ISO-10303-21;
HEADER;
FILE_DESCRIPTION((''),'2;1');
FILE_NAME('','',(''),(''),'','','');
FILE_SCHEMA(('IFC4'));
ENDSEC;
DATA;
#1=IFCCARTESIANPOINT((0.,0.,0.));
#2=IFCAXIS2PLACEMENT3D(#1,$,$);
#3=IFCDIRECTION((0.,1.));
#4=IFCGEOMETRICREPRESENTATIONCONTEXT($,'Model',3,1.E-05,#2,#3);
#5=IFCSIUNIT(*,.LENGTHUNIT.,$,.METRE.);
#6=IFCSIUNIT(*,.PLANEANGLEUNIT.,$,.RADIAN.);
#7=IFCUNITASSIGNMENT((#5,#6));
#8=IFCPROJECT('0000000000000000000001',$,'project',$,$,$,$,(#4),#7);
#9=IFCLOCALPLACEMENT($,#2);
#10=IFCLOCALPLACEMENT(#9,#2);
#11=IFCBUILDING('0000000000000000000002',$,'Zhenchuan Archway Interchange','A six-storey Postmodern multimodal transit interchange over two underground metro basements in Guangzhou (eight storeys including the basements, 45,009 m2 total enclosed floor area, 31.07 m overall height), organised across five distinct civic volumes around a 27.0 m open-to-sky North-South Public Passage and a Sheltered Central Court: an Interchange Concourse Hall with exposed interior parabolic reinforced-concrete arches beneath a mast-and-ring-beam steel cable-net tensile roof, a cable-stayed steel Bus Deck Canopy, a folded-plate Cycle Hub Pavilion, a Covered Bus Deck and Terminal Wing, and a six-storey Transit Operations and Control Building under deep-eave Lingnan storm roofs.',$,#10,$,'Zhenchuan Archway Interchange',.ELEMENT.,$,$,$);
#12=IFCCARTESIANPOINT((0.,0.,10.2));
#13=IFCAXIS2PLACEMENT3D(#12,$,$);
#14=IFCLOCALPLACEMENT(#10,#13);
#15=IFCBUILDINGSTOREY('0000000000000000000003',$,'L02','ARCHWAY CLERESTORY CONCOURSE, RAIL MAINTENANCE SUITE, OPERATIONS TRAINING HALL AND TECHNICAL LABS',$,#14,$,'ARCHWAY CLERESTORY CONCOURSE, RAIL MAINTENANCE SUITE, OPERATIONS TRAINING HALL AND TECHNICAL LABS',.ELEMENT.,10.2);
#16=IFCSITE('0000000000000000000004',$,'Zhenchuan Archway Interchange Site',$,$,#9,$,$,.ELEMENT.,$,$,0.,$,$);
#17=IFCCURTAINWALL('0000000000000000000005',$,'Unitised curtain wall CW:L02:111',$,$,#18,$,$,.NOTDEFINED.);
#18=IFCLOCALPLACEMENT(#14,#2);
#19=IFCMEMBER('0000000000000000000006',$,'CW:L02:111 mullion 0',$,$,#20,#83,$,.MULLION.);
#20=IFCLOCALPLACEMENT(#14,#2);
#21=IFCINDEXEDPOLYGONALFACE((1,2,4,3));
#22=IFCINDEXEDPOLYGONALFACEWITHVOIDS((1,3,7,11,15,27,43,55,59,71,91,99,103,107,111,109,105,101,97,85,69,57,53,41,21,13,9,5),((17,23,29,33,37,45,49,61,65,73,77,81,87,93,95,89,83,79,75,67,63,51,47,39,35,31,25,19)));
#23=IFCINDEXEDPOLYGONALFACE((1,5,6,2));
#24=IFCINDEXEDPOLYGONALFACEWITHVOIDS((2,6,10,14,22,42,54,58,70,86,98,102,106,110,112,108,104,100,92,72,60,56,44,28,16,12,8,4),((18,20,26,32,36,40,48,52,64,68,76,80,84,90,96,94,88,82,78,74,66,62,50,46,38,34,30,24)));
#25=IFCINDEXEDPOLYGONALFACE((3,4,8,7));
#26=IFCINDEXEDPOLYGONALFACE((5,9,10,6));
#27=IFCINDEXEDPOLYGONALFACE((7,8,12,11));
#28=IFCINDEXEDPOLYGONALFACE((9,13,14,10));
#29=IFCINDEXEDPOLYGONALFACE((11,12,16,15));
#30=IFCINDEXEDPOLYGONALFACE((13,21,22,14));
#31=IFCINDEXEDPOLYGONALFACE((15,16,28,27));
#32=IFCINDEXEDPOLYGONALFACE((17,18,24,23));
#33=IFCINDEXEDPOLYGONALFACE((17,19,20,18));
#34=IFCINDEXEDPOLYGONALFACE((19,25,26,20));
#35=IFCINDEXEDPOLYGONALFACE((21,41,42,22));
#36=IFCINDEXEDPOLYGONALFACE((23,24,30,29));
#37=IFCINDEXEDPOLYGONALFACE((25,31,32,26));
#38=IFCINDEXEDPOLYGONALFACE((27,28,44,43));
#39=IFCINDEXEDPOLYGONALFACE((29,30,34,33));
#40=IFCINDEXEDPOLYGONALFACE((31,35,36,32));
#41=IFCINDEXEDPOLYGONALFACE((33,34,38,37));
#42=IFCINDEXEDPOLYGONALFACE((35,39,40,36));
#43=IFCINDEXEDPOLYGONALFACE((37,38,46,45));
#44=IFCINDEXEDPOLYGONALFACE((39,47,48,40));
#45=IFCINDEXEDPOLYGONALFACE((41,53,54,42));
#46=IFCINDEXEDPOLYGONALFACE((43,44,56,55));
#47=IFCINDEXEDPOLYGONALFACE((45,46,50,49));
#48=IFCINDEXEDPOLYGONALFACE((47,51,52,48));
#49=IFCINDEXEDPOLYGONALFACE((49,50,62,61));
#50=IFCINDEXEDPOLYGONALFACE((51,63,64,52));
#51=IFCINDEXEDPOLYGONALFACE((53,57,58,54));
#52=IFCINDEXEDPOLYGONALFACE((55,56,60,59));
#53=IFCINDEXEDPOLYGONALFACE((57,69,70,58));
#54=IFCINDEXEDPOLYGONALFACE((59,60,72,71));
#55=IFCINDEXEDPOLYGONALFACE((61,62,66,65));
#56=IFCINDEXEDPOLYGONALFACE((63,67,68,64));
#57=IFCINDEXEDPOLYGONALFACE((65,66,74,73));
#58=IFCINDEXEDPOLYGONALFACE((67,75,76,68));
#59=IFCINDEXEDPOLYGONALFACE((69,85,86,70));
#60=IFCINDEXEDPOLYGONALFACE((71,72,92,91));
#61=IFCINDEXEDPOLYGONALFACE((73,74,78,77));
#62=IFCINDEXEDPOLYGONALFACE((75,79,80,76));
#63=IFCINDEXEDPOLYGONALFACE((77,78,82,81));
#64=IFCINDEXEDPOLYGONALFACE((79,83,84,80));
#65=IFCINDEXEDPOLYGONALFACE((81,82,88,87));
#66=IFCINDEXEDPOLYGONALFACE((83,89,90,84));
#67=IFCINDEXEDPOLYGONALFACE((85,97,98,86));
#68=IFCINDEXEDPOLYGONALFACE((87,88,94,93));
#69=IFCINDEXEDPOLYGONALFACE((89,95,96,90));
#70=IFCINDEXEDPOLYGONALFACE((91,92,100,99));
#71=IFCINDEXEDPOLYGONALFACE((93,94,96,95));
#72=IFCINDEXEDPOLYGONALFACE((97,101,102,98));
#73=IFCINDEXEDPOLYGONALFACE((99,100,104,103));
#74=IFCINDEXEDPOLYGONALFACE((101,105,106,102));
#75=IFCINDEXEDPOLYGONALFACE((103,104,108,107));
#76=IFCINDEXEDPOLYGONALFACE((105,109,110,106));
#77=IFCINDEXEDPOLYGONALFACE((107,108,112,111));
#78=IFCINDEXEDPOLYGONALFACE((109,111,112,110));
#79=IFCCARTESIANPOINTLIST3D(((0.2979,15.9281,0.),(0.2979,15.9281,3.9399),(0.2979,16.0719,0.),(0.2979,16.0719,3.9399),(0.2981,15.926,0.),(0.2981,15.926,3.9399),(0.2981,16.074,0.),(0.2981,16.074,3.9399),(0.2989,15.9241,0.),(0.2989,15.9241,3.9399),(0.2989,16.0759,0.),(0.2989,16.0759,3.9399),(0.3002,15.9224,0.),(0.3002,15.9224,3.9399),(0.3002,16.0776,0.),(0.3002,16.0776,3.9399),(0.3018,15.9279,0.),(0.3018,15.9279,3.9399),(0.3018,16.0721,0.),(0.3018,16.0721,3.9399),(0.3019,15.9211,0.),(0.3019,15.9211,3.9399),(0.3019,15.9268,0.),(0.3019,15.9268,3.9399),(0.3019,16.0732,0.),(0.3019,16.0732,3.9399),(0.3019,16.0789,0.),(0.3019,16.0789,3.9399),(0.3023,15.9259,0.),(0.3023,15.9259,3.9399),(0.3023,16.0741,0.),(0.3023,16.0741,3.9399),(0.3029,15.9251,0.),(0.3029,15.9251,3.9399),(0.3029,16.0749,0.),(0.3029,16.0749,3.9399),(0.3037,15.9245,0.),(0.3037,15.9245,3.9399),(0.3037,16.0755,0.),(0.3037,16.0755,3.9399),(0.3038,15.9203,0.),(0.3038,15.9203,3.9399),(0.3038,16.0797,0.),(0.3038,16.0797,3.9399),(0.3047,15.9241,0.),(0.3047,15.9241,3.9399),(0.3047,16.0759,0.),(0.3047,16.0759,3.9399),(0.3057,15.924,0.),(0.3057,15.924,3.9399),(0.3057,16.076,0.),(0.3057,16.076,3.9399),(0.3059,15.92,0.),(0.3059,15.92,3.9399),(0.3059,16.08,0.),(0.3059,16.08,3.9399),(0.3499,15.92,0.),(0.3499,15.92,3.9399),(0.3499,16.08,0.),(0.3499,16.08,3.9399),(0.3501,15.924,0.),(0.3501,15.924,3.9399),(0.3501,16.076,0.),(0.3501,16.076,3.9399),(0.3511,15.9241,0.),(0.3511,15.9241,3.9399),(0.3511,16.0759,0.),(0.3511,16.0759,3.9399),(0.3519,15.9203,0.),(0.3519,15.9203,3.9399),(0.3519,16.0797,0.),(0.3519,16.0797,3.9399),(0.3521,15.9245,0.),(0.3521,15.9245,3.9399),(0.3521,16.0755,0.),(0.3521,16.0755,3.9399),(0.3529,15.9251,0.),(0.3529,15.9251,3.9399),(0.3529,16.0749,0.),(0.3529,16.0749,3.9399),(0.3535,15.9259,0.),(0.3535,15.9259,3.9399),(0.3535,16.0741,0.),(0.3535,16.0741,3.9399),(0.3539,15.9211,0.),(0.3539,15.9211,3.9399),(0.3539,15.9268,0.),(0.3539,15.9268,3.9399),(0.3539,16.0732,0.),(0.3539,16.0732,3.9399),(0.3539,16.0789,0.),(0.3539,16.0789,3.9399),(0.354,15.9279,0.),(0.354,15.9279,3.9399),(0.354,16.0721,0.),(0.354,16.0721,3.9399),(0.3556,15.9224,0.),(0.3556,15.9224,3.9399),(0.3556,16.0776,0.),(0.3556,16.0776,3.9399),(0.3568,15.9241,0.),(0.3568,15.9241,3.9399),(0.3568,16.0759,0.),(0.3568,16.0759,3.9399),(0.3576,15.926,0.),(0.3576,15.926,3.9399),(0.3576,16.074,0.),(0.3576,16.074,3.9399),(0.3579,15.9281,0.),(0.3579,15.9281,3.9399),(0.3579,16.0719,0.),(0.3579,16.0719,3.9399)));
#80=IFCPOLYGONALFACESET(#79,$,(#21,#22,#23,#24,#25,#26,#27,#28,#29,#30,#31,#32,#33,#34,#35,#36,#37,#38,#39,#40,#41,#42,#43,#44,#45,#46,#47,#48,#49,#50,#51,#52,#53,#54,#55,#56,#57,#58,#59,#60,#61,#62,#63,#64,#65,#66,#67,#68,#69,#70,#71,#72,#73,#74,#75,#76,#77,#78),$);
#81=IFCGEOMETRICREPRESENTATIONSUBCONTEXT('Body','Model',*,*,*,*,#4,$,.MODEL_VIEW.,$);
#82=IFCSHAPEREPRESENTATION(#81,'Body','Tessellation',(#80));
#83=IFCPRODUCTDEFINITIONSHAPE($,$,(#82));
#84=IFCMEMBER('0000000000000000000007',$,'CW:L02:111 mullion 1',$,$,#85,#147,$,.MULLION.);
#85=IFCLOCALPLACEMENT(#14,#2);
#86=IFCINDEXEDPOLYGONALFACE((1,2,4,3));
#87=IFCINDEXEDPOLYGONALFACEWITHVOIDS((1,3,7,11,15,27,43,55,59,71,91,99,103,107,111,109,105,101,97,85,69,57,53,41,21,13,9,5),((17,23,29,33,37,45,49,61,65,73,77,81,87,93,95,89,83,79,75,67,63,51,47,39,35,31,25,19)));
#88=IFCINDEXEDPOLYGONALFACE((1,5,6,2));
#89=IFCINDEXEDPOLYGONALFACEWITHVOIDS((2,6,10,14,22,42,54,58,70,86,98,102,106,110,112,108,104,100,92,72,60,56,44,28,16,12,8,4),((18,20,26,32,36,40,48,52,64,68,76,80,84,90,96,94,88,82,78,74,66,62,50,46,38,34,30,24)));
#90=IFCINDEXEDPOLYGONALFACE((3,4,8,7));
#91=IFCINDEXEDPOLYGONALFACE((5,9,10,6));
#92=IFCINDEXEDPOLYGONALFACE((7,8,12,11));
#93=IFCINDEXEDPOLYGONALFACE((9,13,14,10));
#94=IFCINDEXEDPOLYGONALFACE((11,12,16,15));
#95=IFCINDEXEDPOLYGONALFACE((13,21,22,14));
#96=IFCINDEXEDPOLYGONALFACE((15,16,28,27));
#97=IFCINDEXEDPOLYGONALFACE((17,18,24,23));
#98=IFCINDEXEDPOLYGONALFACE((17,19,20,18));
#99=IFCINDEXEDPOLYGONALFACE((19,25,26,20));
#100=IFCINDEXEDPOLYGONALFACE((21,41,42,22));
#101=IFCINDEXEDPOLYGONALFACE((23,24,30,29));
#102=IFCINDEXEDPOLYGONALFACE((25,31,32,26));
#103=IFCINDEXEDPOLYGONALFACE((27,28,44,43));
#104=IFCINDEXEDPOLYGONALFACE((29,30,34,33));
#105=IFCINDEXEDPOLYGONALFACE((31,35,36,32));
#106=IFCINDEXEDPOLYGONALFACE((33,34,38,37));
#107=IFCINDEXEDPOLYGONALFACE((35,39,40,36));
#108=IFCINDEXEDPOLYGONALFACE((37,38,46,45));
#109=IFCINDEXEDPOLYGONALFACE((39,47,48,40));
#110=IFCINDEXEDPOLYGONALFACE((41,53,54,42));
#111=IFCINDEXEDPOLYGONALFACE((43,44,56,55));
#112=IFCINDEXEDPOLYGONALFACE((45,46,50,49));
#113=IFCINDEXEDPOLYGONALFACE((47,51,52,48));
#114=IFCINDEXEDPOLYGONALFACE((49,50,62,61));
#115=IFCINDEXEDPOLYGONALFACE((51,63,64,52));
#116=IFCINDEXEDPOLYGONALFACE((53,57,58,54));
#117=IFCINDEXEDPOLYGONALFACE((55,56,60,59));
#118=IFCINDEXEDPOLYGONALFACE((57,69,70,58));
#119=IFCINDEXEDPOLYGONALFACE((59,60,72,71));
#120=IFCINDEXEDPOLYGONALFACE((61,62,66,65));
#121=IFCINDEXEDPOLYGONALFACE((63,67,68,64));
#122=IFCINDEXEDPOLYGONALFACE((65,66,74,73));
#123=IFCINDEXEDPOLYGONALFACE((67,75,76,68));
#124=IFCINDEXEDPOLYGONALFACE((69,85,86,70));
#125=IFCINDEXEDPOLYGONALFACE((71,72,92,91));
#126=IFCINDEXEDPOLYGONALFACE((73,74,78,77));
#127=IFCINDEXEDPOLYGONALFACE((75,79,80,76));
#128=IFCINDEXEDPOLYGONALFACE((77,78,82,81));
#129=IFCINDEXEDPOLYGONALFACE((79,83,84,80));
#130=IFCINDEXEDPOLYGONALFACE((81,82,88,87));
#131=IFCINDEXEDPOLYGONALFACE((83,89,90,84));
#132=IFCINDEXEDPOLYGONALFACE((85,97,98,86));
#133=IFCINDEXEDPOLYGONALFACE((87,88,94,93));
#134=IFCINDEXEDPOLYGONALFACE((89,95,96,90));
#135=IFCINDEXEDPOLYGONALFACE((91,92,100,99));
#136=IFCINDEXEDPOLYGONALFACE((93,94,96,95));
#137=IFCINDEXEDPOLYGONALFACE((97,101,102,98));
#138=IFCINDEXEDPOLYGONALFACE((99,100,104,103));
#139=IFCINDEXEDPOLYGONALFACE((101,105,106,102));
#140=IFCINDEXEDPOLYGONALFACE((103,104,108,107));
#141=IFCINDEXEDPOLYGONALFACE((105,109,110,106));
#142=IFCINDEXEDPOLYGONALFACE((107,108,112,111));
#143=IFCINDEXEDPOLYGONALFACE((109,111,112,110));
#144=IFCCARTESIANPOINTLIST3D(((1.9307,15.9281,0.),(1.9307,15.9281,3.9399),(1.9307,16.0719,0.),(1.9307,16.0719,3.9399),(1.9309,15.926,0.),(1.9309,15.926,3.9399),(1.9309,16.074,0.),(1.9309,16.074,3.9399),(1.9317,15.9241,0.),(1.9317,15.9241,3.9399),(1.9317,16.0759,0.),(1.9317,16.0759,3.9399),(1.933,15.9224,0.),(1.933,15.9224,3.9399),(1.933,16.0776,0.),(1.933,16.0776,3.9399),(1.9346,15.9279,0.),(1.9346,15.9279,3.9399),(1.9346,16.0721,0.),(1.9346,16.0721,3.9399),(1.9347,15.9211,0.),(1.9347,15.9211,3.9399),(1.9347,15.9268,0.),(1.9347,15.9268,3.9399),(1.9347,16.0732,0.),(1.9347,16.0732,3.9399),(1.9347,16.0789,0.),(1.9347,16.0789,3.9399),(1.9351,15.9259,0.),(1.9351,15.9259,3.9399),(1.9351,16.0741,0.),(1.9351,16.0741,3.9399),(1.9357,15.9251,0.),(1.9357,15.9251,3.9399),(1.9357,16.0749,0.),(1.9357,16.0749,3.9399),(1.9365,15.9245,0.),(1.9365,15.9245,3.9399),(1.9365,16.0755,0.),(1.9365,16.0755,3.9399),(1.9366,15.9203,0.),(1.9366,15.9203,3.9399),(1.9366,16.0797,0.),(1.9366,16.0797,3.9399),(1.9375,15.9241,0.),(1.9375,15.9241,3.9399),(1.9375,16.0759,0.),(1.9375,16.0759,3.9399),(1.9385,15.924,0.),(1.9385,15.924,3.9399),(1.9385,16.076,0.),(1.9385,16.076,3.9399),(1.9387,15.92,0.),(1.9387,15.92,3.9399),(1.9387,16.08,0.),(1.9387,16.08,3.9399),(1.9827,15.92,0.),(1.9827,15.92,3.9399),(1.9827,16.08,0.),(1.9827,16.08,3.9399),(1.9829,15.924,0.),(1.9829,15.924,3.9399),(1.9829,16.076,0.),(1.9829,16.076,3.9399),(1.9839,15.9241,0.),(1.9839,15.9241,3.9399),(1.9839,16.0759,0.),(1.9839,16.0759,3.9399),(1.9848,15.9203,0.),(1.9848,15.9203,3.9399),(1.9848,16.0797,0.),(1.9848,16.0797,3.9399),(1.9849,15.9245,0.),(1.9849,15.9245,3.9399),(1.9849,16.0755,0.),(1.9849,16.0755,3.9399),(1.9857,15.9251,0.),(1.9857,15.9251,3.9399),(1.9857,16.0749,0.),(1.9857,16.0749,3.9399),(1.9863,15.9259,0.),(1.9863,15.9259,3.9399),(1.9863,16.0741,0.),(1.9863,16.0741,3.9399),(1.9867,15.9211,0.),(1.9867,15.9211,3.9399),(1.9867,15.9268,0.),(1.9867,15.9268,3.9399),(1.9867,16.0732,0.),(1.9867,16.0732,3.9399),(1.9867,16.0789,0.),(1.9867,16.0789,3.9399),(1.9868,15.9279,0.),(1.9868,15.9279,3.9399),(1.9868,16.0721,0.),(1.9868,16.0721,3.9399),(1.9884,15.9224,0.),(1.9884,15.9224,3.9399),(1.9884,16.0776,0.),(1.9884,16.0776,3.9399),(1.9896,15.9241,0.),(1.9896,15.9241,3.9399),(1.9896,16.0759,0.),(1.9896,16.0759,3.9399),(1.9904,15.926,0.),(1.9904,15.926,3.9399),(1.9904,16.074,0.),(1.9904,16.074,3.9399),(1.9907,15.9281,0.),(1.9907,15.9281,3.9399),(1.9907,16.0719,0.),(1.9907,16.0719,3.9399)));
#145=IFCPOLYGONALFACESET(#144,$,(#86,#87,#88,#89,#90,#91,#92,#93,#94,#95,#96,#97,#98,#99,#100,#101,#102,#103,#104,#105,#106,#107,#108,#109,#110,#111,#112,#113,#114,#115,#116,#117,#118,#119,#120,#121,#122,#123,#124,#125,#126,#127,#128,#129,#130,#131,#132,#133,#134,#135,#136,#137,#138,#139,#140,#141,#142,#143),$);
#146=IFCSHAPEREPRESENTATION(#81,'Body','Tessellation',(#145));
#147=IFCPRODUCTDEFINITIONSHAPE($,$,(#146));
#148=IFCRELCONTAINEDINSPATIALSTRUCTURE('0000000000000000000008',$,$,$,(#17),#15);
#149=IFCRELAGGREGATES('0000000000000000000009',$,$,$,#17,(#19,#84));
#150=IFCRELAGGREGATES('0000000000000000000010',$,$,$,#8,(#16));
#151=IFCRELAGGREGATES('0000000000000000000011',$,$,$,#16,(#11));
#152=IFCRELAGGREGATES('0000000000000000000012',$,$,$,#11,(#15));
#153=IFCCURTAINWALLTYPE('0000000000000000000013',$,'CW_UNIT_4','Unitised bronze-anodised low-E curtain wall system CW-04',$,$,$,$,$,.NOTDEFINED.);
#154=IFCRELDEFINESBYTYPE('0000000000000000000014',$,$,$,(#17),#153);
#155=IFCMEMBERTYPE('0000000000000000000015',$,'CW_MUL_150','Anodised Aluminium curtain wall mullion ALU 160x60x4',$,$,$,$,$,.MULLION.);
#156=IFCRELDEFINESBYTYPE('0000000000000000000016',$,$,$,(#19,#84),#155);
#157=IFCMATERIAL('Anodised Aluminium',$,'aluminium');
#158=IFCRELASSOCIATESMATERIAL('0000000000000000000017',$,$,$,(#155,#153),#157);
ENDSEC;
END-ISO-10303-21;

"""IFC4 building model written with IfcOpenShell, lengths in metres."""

from ifc_helpers import new_model, si_unit, direction, frame, origin, origin_2d, place, context, subcontext, project, spatial, hollow_rectangle, extrude, material, material_profile, profile_set, type_object, element, aggregate, save


model = new_model("IFC4")

# Units and contexts
model_context = context("Model", 3, precision=1e-05, world=origin(), true_north=direction((0.0, 1.0)))
body_context = subcontext(model_context, "Body", "Model", "MODEL_VIEW")
ifc_project = project(units=[si_unit("LENGTHUNIT", "METRE"), si_unit("PLANEANGLEUNIT", "RADIAN")], contexts=[model_context])

# Site, building, storey
site_placement = place(None, origin())
site = spatial("IfcSite", under=ifc_project, at=site_placement, Name="Zhenchuan Archway Interchange Site", CompositionType="ELEMENT", RefElevation=0.0)
building_placement = place(site_placement, origin())
building = spatial("IfcBuilding", under=site, at=building_placement, Name="Zhenchuan Archway Interchange", Description="A six-storey Postmodern multimodal transit interchange over two underground metro basements in Guangzhou (eight storeys including the basements, 45,009 m2 total enclosed floor area, 31.07 m overall height), organised across five distinct civic volumes around a 27.0 m open-to-sky North-South Public Passage and a Sheltered Central Court: an Interchange Concourse Hall with exposed interior parabolic reinforced-concrete arches beneath a mast-and-ring-beam steel cable-net tensile roof, a cable-stayed steel Bus Deck Canopy, a folded-plate Cycle Hub Pavilion, a Covered Bus Deck and Terminal Wing, and a six-storey Transit Operations and Control Building under deep-eave Lingnan storm roofs.", LongName="Zhenchuan Archway Interchange", CompositionType="ELEMENT")
storey_placement = place(building_placement, frame((0.0, 0.0, 10.2)))
storey = spatial("IfcBuildingStorey", under=building, at=storey_placement, Name="L02", Description="ARCHWAY CLERESTORY CONCOURSE, RAIL MAINTENANCE SUITE, OPERATIONS TRAINING HALL AND TECHNICAL LABS", LongName="ARCHWAY CLERESTORY CONCOURSE, RAIL MAINTENANCE SUITE, OPERATIONS TRAINING HALL AND TECHNICAL LABS", CompositionType="ELEMENT", Elevation=10.2)

# Curtain wall, members
ifc_material_1 = material(Name="Anodised Aluminium", Category="aluminium")
ifc_material_profile_1 = material_profile(ifc_material_1, hollow_rectangle(XDim=0.0601, YDim=0.1599, WallThickness=0.0039, InnerFilletRadius=0.0039, OuterFilletRadius=0.0081, at=origin_2d()), Name="ALU 160x60x4")
ifc_profile_set_1 = profile_set([ifc_material_profile_1], Name="Anodised Aluminium")
member_type_1 = type_object("IfcMemberType", Name="CW_MUL_150", Description="Anodised Aluminium curtain wall mullion ALU 160x60x4", PredefinedType="MULLION", material=ifc_profile_set_1)
curtain_wall_type_1 = type_object("IfcCurtainWallType", Name="CW_UNIT_4", Description="Unitised bronze-anodised low-E curtain wall system CW-04", PredefinedType="NOTDEFINED", material=ifc_material_1)
curtain_wall_1_placement = place(storey_placement, origin())
curtain_wall_1 = element("IfcCurtainWall", 1, at=curtain_wall_1_placement, inside=storey, type_object=curtain_wall_type_1, Name="Unitised curtain wall CW:L02:111", PredefinedType="NOTDEFINED")
member_1_placement = place(storey_placement, frame((0.3279, 16.0, 0.0), z_axis=(0.0, 0.0, 1.0), x_axis=(1.0, 0.0, 0.0)))
member_1 = element("IfcMember", 2, at=member_1_placement, type_object=member_type_1, Name="CW:L02:111 mullion 0", PredefinedType="MULLION", context=body_context, shape_type="SweptSolid", body=[
    extrude(hollow_rectangle(XDim=0.0601, YDim=0.1599, WallThickness=0.0039, InnerFilletRadius=0.0039, OuterFilletRadius=0.0081, at=origin_2d()), origin(), (0.0, 0.0, 1.0), 3.9399),
])
member_2_placement = place(storey_placement, frame((1.9607, 16.0, 0.0), z_axis=(0.0, 0.0, 1.0), x_axis=(1.0, 0.0, 0.0)))
member_2 = element("IfcMember", 3, at=member_2_placement, type_object=member_type_1, Name="CW:L02:111 mullion 1", PredefinedType="MULLION", context=body_context, shape_type="SweptSolid", body=[
    extrude(hollow_rectangle(XDim=0.0601, YDim=0.1599, WallThickness=0.0039, InnerFilletRadius=0.0039, OuterFilletRadius=0.0081, at=origin_2d()), origin(), (0.0, 0.0, 1.0), 3.9399),
])

aggregate(curtain_wall_1, [member_1, member_2])

save(model, "model.ifc")
